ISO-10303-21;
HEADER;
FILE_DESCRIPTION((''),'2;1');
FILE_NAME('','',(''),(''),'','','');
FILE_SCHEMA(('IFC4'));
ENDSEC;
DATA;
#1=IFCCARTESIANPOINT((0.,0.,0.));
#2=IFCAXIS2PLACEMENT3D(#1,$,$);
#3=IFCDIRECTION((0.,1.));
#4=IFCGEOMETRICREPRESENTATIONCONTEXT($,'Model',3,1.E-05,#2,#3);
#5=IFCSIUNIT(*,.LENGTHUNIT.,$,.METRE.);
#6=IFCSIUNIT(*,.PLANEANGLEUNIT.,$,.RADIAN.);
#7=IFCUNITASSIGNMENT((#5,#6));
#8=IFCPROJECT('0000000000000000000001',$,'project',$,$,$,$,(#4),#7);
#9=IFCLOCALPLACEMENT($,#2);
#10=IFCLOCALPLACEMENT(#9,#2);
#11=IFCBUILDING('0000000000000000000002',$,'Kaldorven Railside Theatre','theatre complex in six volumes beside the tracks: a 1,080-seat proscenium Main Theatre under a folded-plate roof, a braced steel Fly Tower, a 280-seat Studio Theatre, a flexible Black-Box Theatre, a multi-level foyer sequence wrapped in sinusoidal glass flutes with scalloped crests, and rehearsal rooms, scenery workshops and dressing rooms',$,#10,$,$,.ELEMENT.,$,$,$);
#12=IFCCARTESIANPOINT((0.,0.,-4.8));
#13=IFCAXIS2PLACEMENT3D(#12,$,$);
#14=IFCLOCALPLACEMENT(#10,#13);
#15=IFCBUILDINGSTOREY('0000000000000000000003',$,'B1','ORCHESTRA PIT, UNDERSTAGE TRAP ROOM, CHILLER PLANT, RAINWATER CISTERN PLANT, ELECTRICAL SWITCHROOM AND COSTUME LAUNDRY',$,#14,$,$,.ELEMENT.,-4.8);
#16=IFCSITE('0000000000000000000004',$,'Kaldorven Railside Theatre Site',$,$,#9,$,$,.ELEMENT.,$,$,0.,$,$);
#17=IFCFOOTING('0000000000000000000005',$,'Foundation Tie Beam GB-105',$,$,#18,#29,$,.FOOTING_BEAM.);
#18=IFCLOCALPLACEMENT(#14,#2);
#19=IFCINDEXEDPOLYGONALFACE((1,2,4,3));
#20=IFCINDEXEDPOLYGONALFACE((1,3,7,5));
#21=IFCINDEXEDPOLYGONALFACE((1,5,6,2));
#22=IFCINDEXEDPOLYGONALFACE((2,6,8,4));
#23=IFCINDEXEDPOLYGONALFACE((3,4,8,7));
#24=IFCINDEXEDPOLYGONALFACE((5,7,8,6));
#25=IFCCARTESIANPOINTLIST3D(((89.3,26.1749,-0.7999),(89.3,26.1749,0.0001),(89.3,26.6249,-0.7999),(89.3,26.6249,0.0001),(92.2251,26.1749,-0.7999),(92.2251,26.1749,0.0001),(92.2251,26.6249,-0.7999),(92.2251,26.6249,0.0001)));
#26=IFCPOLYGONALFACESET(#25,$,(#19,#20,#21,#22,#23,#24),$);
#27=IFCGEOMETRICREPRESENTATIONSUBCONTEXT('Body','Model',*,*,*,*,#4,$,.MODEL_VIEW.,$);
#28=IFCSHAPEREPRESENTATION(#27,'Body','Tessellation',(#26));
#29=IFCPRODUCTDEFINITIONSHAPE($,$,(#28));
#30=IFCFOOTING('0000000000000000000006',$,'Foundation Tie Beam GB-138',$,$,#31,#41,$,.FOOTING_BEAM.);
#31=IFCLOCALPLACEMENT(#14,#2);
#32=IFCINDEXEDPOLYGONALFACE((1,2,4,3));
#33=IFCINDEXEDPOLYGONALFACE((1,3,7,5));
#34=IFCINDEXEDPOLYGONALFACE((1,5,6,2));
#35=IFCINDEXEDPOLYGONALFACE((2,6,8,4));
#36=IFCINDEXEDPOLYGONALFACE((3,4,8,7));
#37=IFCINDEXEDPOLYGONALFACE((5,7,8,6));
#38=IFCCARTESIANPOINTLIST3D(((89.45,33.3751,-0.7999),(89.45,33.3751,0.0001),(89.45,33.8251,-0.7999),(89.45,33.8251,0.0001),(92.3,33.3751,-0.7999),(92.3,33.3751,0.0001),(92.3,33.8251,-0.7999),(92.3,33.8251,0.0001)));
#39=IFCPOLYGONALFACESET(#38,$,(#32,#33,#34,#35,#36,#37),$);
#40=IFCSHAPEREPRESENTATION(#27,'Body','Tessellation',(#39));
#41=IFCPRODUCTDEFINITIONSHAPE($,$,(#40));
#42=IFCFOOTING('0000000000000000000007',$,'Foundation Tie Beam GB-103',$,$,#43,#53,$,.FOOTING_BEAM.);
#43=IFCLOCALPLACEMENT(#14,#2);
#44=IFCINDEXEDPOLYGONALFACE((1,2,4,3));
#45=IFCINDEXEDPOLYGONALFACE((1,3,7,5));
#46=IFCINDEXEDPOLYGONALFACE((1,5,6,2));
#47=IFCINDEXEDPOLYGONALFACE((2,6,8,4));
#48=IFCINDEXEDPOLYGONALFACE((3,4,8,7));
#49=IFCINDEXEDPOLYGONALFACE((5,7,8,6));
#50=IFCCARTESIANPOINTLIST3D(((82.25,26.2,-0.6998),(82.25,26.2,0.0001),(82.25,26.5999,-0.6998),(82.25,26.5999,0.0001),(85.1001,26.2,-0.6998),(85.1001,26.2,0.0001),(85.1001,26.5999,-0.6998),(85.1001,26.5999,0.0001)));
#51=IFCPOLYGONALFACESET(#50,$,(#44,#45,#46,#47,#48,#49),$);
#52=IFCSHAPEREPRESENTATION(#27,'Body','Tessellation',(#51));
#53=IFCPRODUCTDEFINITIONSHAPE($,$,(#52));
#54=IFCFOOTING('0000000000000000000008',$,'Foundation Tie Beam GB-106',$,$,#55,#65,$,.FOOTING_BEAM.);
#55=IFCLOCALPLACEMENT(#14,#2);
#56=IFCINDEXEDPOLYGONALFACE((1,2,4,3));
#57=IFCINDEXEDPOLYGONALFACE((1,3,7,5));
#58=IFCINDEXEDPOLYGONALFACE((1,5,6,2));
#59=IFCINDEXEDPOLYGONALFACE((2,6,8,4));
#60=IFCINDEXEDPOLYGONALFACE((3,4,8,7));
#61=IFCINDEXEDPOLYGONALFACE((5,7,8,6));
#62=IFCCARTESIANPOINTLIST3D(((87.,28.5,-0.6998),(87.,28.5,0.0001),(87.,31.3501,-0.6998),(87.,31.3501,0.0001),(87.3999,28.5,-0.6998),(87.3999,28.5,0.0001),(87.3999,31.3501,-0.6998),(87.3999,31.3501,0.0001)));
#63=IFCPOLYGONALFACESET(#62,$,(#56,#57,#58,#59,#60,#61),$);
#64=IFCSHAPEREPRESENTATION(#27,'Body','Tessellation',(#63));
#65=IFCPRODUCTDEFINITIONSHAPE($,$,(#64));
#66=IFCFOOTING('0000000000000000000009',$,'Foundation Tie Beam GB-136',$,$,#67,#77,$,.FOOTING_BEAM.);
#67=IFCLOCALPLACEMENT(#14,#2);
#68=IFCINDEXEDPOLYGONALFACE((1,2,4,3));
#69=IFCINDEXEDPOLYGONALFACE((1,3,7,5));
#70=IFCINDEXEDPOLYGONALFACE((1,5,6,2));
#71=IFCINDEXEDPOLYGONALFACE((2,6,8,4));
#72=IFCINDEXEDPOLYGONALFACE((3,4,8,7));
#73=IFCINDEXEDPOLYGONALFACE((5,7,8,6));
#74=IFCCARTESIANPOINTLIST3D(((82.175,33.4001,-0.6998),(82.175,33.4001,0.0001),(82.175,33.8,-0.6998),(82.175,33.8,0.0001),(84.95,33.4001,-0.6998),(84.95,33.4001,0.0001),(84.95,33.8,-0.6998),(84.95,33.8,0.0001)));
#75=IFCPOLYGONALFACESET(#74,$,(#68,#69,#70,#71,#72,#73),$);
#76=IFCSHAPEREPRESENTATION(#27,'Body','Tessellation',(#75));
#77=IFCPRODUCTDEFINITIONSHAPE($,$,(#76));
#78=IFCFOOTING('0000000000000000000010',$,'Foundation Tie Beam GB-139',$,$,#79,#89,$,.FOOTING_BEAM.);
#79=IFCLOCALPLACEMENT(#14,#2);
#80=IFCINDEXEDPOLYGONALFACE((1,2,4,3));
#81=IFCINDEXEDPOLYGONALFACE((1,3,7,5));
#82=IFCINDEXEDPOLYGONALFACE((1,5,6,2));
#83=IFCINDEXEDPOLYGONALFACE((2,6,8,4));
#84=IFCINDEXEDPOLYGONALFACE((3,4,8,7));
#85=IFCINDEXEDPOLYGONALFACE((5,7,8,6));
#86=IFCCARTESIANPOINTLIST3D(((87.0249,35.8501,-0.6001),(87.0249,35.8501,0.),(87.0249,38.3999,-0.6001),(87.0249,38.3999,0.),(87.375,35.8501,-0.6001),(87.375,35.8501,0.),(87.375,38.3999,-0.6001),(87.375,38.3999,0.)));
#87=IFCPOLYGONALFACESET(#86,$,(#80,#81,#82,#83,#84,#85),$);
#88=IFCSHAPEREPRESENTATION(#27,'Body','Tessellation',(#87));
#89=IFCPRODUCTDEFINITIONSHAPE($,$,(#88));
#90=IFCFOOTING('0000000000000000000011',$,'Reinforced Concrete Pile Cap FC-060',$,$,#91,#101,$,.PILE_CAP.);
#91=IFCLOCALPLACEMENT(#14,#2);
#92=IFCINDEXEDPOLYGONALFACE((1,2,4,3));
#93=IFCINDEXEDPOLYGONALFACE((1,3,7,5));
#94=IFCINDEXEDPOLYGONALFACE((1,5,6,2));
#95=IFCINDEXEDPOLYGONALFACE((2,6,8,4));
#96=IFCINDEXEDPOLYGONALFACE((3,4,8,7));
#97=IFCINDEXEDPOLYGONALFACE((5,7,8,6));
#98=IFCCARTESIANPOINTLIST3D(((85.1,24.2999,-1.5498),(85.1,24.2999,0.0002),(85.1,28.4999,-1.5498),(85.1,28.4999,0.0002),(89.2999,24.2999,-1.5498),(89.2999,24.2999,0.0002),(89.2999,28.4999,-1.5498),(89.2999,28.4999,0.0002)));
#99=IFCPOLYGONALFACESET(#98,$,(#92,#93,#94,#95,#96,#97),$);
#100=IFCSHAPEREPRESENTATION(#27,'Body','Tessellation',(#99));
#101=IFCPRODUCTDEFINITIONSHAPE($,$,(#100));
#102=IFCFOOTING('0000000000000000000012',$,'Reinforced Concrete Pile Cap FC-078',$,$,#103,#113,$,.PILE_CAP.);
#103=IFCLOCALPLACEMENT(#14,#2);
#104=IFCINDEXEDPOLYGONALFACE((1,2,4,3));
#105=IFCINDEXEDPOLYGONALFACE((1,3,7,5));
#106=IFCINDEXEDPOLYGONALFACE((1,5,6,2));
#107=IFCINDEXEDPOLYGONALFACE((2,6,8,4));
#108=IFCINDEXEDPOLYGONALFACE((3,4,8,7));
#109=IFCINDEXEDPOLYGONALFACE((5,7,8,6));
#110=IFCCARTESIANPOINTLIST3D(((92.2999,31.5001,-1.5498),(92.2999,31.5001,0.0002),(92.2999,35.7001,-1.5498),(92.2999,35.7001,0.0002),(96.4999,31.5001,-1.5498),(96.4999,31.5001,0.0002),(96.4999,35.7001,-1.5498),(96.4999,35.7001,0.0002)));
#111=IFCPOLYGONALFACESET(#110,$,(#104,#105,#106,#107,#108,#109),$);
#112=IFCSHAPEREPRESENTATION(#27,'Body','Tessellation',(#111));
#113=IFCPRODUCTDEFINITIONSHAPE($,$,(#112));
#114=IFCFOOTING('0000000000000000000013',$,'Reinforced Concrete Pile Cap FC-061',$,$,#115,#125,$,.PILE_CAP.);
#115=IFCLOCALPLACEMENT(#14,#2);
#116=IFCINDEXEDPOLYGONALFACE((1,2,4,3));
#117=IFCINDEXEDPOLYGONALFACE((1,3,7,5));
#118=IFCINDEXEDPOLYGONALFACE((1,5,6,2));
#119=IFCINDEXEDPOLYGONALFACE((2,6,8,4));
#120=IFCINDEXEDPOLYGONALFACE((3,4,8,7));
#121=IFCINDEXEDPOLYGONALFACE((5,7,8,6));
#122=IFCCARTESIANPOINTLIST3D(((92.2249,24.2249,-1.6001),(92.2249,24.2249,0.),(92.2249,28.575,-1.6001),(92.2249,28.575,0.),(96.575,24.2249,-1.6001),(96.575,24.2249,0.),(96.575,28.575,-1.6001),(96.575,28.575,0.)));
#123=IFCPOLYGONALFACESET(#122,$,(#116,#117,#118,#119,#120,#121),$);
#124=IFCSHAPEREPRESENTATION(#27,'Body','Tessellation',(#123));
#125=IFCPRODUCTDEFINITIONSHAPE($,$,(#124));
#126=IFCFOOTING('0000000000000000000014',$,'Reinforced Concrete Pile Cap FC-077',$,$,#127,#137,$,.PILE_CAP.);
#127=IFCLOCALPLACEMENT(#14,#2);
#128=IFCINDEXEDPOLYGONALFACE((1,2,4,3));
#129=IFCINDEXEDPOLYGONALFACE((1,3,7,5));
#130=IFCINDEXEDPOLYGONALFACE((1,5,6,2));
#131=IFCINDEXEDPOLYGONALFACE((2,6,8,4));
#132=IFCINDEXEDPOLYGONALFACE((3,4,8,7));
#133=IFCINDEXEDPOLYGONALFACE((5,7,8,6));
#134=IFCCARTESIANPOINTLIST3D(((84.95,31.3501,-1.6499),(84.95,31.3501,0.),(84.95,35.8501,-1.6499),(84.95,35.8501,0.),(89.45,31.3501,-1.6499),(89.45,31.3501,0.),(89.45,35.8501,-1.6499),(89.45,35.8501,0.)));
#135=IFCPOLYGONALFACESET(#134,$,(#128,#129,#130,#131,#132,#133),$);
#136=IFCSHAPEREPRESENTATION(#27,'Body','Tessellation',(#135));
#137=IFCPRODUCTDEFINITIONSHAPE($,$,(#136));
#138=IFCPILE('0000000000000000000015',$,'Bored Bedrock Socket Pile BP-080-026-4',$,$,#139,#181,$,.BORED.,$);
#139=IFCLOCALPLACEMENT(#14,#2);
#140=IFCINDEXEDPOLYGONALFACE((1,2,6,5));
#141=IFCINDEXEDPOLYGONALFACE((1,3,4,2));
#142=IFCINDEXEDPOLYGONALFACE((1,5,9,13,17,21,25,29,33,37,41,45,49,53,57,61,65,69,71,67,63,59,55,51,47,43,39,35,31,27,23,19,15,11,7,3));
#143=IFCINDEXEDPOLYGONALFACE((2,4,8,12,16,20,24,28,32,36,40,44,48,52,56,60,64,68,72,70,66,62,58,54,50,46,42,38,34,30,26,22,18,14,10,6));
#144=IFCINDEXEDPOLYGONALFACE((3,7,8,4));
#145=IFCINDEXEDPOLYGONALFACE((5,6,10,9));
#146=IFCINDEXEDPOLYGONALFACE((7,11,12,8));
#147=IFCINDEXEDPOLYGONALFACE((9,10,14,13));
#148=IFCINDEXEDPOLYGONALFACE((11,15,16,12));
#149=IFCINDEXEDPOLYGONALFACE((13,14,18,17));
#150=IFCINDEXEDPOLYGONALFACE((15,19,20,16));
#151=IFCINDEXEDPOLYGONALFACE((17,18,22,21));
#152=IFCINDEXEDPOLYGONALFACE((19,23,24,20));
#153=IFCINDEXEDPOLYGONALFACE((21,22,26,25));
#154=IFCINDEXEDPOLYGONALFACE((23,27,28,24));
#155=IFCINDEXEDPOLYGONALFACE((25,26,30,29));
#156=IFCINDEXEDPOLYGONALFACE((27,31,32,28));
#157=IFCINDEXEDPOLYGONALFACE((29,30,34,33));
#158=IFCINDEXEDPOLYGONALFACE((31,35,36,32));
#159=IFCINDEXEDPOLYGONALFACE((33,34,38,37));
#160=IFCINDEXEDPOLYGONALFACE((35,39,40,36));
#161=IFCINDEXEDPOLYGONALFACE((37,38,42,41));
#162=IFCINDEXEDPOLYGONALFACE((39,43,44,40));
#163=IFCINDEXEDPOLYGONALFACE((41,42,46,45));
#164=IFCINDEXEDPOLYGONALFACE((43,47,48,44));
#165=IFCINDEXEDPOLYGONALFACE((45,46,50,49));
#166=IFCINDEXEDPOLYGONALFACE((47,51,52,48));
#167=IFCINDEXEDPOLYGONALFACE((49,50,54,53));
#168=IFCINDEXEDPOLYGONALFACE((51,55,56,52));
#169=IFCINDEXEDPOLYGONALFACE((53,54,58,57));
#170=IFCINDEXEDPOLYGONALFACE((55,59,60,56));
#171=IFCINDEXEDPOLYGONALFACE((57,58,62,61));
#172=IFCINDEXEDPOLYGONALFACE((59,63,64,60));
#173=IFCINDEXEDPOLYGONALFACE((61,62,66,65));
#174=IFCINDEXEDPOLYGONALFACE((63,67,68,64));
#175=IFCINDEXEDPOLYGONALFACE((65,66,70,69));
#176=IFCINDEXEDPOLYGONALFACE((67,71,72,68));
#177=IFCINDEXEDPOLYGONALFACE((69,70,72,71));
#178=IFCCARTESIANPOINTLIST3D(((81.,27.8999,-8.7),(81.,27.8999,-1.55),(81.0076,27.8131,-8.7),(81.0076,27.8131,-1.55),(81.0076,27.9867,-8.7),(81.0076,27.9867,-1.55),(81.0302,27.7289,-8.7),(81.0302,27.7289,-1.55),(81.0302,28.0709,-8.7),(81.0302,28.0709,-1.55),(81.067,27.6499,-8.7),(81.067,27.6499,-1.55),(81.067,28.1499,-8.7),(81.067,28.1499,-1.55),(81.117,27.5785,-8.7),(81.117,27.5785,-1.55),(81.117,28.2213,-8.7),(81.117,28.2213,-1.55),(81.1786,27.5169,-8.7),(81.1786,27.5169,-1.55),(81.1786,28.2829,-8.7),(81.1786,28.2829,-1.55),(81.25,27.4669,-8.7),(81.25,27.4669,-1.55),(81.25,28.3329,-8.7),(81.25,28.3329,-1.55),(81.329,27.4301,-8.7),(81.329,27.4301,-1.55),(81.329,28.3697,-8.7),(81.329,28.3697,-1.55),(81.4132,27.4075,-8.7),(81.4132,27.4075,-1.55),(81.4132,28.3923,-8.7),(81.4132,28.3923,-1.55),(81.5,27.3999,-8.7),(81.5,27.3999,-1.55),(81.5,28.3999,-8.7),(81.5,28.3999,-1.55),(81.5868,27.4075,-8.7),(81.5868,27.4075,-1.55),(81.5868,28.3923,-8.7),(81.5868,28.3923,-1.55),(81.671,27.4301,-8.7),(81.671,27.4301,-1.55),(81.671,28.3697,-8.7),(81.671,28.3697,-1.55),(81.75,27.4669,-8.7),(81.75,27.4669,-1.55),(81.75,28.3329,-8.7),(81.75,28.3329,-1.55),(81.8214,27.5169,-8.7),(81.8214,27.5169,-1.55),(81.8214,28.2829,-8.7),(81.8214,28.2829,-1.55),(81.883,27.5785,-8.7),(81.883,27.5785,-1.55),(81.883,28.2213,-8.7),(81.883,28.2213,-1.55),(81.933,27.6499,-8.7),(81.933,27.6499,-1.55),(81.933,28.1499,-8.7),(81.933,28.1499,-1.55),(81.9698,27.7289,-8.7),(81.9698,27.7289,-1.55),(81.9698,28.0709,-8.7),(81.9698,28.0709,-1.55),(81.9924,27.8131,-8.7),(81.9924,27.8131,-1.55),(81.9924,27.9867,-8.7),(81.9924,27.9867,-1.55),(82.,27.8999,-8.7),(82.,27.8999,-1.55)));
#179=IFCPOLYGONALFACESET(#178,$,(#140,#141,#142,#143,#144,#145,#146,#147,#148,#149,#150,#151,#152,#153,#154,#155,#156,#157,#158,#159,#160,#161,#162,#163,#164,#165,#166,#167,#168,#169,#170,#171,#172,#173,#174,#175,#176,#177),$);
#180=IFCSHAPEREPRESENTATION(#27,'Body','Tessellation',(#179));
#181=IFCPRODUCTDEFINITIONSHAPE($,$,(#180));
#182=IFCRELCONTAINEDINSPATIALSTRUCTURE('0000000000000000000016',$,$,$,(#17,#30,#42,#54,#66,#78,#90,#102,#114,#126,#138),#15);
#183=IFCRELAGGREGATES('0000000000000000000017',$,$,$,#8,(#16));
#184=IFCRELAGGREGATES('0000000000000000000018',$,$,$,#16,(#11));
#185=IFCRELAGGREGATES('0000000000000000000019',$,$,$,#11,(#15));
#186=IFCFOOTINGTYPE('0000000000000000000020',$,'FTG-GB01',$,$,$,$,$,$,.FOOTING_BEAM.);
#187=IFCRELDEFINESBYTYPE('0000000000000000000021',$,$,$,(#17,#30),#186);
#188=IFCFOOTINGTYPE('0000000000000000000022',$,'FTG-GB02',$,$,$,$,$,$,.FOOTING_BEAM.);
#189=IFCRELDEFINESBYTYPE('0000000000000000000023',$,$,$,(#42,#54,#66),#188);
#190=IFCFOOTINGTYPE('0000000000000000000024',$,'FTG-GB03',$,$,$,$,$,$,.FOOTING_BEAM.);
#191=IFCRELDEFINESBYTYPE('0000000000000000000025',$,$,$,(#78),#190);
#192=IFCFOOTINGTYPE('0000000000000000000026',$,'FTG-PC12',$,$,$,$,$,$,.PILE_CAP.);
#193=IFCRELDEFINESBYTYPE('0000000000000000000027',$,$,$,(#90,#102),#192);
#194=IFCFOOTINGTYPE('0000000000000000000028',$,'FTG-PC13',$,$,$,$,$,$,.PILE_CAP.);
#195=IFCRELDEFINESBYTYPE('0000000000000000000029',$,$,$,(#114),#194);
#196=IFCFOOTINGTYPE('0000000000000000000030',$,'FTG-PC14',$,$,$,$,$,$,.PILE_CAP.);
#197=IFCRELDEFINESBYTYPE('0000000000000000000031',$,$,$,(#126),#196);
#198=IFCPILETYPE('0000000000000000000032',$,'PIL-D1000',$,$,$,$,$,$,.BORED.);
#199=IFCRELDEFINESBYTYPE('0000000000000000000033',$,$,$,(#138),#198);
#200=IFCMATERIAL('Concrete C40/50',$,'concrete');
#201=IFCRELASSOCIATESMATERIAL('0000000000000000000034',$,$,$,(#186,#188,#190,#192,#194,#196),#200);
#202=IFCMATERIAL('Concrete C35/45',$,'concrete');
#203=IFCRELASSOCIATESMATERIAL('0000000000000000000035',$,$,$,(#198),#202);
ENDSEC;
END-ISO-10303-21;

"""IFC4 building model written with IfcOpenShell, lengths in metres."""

from ifc_helpers import new_model, si_unit, direction, frame, origin, origin_2d, place, context, subcontext, project, spatial, rectangle, circle, extrude, material, material_profile, profile_set, type_object, element, save


model = new_model("IFC4")

# Units and contexts
model_context = context("Model", 3, precision=1e-05, world=origin(), true_north=direction((0.0, 1.0)))
body_context = subcontext(model_context, "Body", "Model", "MODEL_VIEW")
ifc_project = project(units=[si_unit("LENGTHUNIT", "METRE"), si_unit("PLANEANGLEUNIT", "RADIAN")], contexts=[model_context])

# Site, building, storey
site_placement = place(None, origin())
site = spatial("IfcSite", under=ifc_project, at=site_placement, Name="Kaldorven Railside Theatre Site", CompositionType="ELEMENT", RefElevation=0.0)
building_placement = place(site_placement, origin())
building = spatial("IfcBuilding", under=site, at=building_placement, Name="Kaldorven Railside Theatre", Description="theatre complex in six volumes beside the tracks: a 1,080-seat proscenium Main Theatre under a folded-plate roof, a braced steel Fly Tower, a 280-seat Studio Theatre, a flexible Black-Box Theatre, a multi-level foyer sequence wrapped in sinusoidal glass flutes with scalloped crests, and rehearsal rooms, scenery workshops and dressing rooms", CompositionType="ELEMENT")
storey_placement = place(building_placement, frame((0.0, 0.0, -4.8)))
storey = spatial("IfcBuildingStorey", under=building, at=storey_placement, Name="B1", Description="ORCHESTRA PIT, UNDERSTAGE TRAP ROOM, CHILLER PLANT, RAINWATER CISTERN PLANT, ELECTRICAL SWITCHROOM AND COSTUME LAUNDRY", CompositionType="ELEMENT", Elevation=-4.8)

# Footings
ifc_material_1 = material(Name="Concrete C40/50", Category="concrete")
ifc_material_profile_1 = material_profile(ifc_material_1, rectangle(XDim=0.45, YDim=0.8, at=origin_2d()), Name="RC 450x800")
ifc_profile_set_1 = profile_set([ifc_material_profile_1], Name="Concrete C40/50")
footing_type_1 = type_object("IfcFootingType", Name="FTG-GB01", PredefinedType="FOOTING_BEAM", material=ifc_profile_set_1)
footing_1_placement = place(storey_placement, frame((89.3, 26.3999, -0.3999), z_axis=(1.0, 0.0, 0.0), x_axis=(0.0, 1.0, 0.0)))
element("IfcFooting", 1, at=footing_1_placement, inside=storey, type_object=footing_type_1, Name="Foundation Tie Beam GB-105", PredefinedType="FOOTING_BEAM", context=body_context, shape_type="SweptSolid", body=[
    extrude(rectangle(XDim=0.45, YDim=0.8, at=origin_2d()), origin(), (0.0, 0.0, 1.0), 2.925),
])
footing_2_placement = place(storey_placement, frame((89.45, 33.6001, -0.3999), z_axis=(1.0, 0.0, 0.0), x_axis=(0.0, 1.0, 0.0)))
element("IfcFooting", 2, at=footing_2_placement, inside=storey, type_object=footing_type_1, Name="Foundation Tie Beam GB-138", PredefinedType="FOOTING_BEAM", context=body_context, shape_type="SweptSolid", body=[
    extrude(rectangle(XDim=0.45, YDim=0.8, at=origin_2d()), origin(), (0.0, 0.0, 1.0), 2.8501),
])
ifc_material_profile_2 = material_profile(ifc_material_1, rectangle(XDim=0.3999, YDim=0.7, at=origin_2d()), Name="RC 400x700")
ifc_profile_set_2 = profile_set([ifc_material_profile_2], Name="Concrete C40/50")
footing_type_2 = type_object("IfcFootingType", Name="FTG-GB02", PredefinedType="FOOTING_BEAM", material=ifc_profile_set_2)
for number, where, z_axis, x_axis, name in (
    (3, (82.25, 26.3999, -0.3499), (1.0, 0.0, 0.0), (0.0, 1.0, 0.0), "Foundation Tie Beam GB-103"),
    (4, (87.2, 28.5, -0.3499), (0.0, 1.0, 0.0), (-1.0, 0.0, 0.0), "Foundation Tie Beam GB-106"),
):
    element("IfcFooting", number, at=place(storey_placement, frame(where, z_axis=z_axis, x_axis=x_axis)), inside=storey, type_object=footing_type_2, Name=name, PredefinedType="FOOTING_BEAM", context=body_context, shape_type="SweptSolid", body=[
        extrude(rectangle(XDim=0.3999, YDim=0.7, at=origin_2d()), origin(), (0.0, 0.0, 1.0), 2.8501),
    ])
footing_3_placement = place(storey_placement, frame((82.175, 33.6001, -0.3499), z_axis=(1.0, 0.0, 0.0), x_axis=(0.0, 1.0, 0.0)))
element("IfcFooting", 5, at=footing_3_placement, inside=storey, type_object=footing_type_2, Name="Foundation Tie Beam GB-136", PredefinedType="FOOTING_BEAM", context=body_context, shape_type="SweptSolid", body=[
    extrude(rectangle(XDim=0.3999, YDim=0.7, at=origin_2d()), origin(), (0.0, 0.0, 1.0), 2.7749),
])
ifc_material_profile_3 = material_profile(ifc_material_1, rectangle(XDim=0.3501, YDim=0.6001, at=origin_2d()), Name="RC 350x600")
ifc_profile_set_3 = profile_set([ifc_material_profile_3], Name="Concrete C40/50")
footing_type_3 = type_object("IfcFootingType", Name="FTG-GB03", PredefinedType="FOOTING_BEAM", material=ifc_profile_set_3)
footing_4_placement = place(storey_placement, frame((87.2, 35.8501, -0.3), z_axis=(0.0, 1.0, 0.0), x_axis=(-1.0, 0.0, 0.0)))
element("IfcFooting", 6, at=footing_4_placement, inside=storey, type_object=footing_type_3, Name="Foundation Tie Beam GB-139", PredefinedType="FOOTING_BEAM", context=body_context, shape_type="SweptSolid", body=[
    extrude(rectangle(XDim=0.3501, YDim=0.6001, at=origin_2d()), origin(), (0.0, 0.0, 1.0), 2.5498),
])
footing_type_4 = type_object("IfcFootingType", Name="FTG-PC12", PredefinedType="PILE_CAP", material=ifc_material_1)
for number, where, z_axis, x_axis, name in (
    (7, (87.2, 26.3999, -1.5498), (0.0, 0.0, 1.0), (1.0, 0.0, 0.0), "Reinforced Concrete Pile Cap FC-060"),
    (8, (94.3999, 33.6001, -1.5498), (0.0, 0.0, 1.0), (1.0, 0.0, 0.0), "Reinforced Concrete Pile Cap FC-078"),
):
    element("IfcFooting", number, at=place(storey_placement, frame(where, z_axis=z_axis, x_axis=x_axis)), inside=storey, type_object=footing_type_4, Name=name, PredefinedType="PILE_CAP", context=body_context, shape_type="SweptSolid", body=[
        extrude(rectangle(XDim=4.2, YDim=4.2, at=origin_2d()), origin(), (0.0, 0.0, 1.0), 1.55),
    ])
footing_type_5 = type_object("IfcFootingType", Name="FTG-PC13", PredefinedType="PILE_CAP", material=ifc_material_1)
footing_5_placement = place(storey_placement, frame((94.3999, 26.3999, -1.6001), z_axis=(0.0, 0.0, 1.0), x_axis=(1.0, 0.0, 0.0)))
element("IfcFooting", 9, at=footing_5_placement, inside=storey, type_object=footing_type_5, Name="Reinforced Concrete Pile Cap FC-061", PredefinedType="PILE_CAP", context=body_context, shape_type="SweptSolid", body=[
    extrude(rectangle(XDim=4.3501, YDim=4.3501, at=origin_2d()), origin(), (0.0, 0.0, 1.0), 1.6001),
])
footing_type_6 = type_object("IfcFootingType", Name="FTG-PC14", PredefinedType="PILE_CAP", material=ifc_material_1)
footing_6_placement = place(storey_placement, frame((87.2, 33.6001, -1.6499), z_axis=(0.0, 0.0, 1.0), x_axis=(1.0, 0.0, 0.0)))
element("IfcFooting", 10, at=footing_6_placement, inside=storey, type_object=footing_type_6, Name="Reinforced Concrete Pile Cap FC-077", PredefinedType="PILE_CAP", context=body_context, shape_type="SweptSolid", body=[
    extrude(rectangle(XDim=4.5, YDim=4.5, at=origin_2d()), origin(), (0.0, 0.0, 1.0), 1.6499),
])

# Pile
ifc_material_2 = material(Name="Concrete C35/45", Category="concrete")
ifc_material_profile_4 = material_profile(ifc_material_2, circle(Radius=0.5, at=origin_2d()), Name="BP D1000")
ifc_profile_set_4 = profile_set([ifc_material_profile_4], Name="Concrete C35/45")
pile_type_1 = type_object("IfcPileType", Name="PIL-D1000", PredefinedType="BORED", material=ifc_profile_set_4)
for number, where, z_axis, x_axis, name in (
    (11, (81.5, 27.8999, -1.55), (0.0, 0.0, -1.0), (1.0, 0.0, 0.0), "Bored Bedrock Socket Pile BP-080-026-4"),
):
    element("IfcPile", number, at=place(storey_placement, frame(where, z_axis=z_axis, x_axis=x_axis)), inside=storey, type_object=pile_type_1, Name=name, PredefinedType="BORED", context=body_context, shape_type="SweptSolid", body=[
        extrude(circle(Radius=0.5, at=origin_2d()), origin(), (0.0, 0.0, 1.0), 7.1499),
    ])

save(model, "model.ifc")
